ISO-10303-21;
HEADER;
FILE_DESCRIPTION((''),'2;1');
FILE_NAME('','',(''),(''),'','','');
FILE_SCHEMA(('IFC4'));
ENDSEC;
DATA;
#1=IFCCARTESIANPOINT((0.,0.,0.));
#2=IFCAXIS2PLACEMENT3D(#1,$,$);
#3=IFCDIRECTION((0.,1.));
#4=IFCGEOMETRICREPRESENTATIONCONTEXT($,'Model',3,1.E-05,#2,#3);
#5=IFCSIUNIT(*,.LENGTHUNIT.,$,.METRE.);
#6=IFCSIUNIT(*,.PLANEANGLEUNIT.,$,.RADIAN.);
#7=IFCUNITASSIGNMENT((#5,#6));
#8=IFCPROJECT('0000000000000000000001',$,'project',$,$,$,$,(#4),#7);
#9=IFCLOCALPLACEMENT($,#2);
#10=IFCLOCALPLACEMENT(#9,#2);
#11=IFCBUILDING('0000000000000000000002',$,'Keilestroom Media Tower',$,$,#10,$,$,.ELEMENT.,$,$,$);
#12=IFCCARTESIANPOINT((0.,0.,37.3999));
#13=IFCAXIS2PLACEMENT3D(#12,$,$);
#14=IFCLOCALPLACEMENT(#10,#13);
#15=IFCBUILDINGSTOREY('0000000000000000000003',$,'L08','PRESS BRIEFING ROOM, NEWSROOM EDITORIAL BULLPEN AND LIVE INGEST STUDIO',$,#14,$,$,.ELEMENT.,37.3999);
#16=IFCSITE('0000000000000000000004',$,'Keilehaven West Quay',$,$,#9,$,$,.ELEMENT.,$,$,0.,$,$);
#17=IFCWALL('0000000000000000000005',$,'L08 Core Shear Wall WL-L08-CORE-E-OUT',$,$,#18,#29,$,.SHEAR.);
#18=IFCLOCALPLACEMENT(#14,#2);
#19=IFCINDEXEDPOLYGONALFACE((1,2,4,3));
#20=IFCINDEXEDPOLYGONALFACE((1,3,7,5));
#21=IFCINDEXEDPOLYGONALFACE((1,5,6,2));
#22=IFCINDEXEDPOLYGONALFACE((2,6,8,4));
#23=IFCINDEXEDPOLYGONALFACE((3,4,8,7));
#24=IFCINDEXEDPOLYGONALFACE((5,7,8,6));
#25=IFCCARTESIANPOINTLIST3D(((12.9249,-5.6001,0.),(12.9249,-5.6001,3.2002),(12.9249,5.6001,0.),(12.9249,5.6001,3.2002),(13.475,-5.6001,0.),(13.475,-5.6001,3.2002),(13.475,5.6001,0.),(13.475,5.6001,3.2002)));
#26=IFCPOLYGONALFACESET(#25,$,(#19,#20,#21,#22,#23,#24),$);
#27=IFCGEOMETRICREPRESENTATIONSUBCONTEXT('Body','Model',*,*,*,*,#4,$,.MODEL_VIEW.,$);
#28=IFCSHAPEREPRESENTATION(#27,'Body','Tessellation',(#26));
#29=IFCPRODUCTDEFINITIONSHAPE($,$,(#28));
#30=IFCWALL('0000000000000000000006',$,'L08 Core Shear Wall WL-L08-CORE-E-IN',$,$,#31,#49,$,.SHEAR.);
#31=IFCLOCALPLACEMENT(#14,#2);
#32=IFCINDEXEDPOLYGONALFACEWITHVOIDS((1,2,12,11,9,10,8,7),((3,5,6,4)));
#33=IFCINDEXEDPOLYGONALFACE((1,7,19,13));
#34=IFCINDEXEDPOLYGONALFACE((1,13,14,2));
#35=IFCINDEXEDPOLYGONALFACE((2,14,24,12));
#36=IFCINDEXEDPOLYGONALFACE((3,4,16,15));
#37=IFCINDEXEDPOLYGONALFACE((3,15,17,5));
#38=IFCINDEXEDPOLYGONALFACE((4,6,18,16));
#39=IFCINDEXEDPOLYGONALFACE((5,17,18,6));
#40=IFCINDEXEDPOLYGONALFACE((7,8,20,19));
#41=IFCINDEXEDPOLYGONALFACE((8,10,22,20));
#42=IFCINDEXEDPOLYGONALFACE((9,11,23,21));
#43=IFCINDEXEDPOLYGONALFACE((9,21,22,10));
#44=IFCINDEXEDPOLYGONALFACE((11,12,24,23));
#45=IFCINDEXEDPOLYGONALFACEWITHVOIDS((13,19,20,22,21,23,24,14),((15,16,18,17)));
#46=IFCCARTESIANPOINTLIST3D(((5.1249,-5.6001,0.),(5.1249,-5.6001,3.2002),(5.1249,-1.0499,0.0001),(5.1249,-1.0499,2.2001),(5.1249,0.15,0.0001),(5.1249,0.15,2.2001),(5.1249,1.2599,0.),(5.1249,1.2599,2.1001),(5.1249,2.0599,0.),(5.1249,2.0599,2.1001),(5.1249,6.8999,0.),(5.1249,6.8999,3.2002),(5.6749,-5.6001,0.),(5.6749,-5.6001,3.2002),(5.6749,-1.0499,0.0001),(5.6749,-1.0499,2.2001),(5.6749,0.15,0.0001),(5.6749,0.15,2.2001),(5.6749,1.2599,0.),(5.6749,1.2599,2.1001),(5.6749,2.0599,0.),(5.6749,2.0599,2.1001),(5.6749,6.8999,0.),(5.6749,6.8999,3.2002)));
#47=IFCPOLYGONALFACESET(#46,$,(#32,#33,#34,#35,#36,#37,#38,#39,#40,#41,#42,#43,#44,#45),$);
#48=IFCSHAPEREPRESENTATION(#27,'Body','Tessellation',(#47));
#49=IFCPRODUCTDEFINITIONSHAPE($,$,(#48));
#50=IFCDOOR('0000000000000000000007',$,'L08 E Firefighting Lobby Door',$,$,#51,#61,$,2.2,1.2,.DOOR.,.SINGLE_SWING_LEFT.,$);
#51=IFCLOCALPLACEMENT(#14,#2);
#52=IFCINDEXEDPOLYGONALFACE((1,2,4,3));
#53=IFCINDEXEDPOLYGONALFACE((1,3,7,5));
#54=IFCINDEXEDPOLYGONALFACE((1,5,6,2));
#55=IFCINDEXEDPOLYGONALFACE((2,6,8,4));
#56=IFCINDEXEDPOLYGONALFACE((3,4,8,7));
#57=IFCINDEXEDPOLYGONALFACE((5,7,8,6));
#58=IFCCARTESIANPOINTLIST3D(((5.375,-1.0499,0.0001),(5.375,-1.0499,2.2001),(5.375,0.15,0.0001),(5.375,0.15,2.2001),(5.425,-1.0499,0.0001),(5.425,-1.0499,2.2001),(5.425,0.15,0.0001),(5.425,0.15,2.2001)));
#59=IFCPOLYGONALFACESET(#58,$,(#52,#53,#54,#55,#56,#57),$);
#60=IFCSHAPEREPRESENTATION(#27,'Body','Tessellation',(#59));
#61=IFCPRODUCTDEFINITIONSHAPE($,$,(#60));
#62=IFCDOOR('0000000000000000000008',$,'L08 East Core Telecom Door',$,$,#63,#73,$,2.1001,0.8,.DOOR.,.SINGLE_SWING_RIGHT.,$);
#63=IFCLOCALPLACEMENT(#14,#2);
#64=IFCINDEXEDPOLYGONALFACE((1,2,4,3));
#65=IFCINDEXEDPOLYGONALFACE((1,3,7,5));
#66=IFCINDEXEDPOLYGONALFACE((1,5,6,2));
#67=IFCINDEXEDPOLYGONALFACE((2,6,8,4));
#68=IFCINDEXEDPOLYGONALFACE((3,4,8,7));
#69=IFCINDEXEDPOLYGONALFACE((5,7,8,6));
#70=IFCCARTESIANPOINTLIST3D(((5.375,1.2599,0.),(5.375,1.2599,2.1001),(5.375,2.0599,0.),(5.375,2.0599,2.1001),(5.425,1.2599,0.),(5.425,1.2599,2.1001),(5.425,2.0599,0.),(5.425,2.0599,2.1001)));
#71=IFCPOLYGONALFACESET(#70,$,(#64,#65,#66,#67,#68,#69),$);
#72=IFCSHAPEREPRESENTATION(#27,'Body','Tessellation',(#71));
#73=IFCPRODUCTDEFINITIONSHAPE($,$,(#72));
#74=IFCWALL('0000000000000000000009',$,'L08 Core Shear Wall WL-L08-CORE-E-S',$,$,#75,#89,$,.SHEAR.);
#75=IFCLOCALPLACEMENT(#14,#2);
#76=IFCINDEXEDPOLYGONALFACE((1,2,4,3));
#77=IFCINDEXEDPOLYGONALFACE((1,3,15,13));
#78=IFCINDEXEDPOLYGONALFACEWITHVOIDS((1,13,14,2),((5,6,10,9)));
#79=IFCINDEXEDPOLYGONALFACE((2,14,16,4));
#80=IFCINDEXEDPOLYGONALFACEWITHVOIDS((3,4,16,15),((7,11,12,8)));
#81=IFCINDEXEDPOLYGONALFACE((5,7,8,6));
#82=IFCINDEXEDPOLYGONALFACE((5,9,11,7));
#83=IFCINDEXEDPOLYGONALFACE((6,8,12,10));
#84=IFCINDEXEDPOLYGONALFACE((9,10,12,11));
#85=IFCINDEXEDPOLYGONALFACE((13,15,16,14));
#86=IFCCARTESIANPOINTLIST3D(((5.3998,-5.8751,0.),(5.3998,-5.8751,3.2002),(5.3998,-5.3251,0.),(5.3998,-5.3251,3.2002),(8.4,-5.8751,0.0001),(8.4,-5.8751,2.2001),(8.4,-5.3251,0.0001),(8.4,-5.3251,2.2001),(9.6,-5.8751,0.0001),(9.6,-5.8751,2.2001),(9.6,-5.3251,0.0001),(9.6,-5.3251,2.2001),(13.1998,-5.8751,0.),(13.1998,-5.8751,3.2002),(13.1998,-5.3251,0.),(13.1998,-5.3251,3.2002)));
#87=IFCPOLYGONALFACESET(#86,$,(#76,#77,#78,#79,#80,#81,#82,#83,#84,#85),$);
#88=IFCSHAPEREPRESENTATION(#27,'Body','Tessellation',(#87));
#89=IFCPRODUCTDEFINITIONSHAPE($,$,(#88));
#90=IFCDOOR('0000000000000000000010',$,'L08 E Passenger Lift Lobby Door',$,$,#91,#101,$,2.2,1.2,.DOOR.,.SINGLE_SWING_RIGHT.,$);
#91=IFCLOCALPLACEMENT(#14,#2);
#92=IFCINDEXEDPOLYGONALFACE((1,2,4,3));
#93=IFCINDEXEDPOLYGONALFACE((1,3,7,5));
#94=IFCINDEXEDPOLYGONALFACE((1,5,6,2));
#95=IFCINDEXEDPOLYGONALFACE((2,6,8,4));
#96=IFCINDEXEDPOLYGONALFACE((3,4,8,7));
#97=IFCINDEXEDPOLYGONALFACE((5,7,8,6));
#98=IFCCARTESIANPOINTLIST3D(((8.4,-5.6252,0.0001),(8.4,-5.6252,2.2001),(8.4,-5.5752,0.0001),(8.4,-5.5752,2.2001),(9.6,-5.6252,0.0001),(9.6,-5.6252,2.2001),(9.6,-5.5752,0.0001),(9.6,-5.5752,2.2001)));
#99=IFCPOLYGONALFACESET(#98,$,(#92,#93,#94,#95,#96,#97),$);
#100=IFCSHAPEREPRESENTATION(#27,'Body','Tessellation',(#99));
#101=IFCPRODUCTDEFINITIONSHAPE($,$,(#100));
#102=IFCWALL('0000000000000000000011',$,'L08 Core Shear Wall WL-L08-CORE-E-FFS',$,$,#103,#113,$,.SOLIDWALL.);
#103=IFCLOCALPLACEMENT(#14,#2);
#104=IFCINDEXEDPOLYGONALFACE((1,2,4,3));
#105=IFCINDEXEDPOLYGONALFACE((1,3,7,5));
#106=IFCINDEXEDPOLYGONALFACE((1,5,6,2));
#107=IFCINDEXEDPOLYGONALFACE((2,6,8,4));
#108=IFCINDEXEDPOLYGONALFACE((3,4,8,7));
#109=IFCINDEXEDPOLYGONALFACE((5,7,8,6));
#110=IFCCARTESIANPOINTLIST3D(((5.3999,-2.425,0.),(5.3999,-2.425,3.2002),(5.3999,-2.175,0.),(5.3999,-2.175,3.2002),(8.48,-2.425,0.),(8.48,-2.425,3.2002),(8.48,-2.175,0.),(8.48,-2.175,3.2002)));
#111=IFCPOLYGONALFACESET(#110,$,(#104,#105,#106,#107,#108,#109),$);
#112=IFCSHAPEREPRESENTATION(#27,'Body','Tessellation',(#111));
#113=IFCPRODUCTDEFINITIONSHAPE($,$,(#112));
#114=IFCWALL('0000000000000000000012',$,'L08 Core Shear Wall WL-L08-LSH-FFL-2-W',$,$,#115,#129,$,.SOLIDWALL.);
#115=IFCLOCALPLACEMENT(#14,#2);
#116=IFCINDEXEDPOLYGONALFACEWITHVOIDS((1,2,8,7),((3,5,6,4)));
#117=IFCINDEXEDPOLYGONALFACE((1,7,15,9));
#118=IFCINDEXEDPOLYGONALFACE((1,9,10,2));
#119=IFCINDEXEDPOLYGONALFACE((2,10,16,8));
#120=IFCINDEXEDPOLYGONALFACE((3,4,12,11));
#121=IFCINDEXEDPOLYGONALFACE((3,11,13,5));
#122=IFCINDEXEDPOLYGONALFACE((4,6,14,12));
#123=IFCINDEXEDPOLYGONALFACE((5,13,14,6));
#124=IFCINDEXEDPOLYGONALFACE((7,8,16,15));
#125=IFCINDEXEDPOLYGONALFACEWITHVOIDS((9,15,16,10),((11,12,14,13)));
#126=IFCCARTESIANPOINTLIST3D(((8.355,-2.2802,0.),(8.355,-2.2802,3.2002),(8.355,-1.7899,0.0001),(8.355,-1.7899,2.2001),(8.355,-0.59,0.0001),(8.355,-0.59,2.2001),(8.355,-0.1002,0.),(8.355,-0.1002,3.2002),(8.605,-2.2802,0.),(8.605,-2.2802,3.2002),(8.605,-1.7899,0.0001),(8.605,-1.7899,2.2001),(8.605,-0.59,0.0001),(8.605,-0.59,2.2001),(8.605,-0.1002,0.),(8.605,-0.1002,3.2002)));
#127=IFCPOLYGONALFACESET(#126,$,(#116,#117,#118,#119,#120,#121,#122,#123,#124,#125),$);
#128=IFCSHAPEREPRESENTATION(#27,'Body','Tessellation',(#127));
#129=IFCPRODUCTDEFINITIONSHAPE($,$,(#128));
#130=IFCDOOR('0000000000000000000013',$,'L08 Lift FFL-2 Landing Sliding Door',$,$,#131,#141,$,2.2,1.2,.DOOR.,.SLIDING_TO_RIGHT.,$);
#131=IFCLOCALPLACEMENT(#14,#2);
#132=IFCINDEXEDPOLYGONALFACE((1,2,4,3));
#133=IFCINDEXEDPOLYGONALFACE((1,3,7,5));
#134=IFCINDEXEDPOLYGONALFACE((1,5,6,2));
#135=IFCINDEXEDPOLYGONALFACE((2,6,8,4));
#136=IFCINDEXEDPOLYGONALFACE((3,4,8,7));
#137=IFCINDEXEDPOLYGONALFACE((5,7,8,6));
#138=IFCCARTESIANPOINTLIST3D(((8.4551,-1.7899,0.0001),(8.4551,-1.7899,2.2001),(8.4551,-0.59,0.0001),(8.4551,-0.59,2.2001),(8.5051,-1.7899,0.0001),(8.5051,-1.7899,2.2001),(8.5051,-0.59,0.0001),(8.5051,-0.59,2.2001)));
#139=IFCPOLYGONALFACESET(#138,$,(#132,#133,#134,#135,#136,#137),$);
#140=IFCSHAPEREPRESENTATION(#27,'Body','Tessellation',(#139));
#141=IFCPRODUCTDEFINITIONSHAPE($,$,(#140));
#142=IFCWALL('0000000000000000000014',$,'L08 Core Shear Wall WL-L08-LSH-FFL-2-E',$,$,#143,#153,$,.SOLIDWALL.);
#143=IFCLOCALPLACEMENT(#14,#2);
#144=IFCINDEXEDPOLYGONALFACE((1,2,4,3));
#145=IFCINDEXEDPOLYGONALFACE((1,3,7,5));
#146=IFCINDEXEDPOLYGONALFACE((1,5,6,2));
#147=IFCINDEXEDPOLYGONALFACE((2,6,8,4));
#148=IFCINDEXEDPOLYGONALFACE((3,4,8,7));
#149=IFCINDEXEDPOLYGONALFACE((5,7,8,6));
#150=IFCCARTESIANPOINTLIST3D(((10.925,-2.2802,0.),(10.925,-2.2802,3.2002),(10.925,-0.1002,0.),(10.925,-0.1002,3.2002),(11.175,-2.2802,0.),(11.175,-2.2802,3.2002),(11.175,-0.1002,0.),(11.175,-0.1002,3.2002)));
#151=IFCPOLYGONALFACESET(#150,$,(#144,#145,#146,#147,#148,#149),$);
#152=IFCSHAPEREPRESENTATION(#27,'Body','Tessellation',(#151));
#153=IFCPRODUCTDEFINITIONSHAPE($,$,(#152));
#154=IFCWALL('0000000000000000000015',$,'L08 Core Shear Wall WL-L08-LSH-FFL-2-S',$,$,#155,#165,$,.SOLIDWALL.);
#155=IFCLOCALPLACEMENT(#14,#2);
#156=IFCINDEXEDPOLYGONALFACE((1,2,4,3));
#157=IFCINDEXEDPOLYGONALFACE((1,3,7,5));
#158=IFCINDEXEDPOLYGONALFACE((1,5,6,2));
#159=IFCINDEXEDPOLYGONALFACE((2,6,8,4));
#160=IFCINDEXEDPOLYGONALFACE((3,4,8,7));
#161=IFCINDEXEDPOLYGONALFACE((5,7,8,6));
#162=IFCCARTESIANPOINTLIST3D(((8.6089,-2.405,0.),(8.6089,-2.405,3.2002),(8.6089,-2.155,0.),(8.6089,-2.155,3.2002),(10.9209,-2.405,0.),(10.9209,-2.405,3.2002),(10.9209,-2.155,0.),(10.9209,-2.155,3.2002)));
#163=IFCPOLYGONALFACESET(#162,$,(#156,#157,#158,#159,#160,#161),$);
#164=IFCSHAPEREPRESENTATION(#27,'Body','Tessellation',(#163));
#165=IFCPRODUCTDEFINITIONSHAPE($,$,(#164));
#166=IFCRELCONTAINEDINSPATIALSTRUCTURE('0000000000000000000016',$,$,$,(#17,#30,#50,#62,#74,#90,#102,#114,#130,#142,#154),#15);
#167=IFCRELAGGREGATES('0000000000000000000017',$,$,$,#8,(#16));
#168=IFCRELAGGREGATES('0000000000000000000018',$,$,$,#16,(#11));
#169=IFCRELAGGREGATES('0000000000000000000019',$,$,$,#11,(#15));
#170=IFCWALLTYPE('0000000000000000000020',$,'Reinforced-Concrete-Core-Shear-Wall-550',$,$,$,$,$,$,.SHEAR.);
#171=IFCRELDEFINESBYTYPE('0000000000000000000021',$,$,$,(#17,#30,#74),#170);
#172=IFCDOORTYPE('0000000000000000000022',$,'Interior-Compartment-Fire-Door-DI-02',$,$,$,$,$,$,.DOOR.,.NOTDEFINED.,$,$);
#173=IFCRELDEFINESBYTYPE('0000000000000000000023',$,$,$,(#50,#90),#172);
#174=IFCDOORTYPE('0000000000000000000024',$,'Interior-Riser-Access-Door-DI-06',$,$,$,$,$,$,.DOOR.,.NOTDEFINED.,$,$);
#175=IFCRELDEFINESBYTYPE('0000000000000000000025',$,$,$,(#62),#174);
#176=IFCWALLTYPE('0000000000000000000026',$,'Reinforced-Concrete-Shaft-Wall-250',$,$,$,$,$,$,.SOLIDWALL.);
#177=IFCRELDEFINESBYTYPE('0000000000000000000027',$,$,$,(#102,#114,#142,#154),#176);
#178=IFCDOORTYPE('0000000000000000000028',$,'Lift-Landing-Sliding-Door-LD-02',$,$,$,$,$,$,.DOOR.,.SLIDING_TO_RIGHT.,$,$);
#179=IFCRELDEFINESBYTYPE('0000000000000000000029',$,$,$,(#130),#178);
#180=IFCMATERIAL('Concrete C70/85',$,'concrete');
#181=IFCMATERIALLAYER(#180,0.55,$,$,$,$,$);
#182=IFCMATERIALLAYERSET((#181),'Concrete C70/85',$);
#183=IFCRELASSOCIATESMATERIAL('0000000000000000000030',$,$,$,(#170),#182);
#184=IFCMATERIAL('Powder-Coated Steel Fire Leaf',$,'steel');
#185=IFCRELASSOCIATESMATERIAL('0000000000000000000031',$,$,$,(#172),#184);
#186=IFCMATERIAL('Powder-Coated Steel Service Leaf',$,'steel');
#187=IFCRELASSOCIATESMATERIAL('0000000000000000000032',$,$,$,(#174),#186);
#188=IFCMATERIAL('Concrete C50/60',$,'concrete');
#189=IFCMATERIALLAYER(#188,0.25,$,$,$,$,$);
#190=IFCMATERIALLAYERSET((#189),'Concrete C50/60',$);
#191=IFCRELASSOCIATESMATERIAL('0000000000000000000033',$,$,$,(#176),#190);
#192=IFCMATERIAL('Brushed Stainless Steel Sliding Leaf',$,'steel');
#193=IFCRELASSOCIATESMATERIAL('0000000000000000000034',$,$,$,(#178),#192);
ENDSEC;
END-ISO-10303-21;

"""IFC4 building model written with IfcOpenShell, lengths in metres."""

from ifc_helpers import new_model, si_unit, direction, frame, frame_2d, origin, place, context, subcontext, project, spatial, rectangle, extrude, source, transform, mapped, material, layer, layer_set, type_object, element, fill, save


model = new_model("IFC4")

# Units and contexts
model_context = context("Model", 3, precision=1e-05, world=origin(), true_north=direction((0.0, 1.0)))
body_context = subcontext(model_context, "Body", "Model", "MODEL_VIEW")
ifc_project = project(units=[si_unit("LENGTHUNIT", "METRE"), si_unit("PLANEANGLEUNIT", "RADIAN")], contexts=[model_context])

# Site, building, storey
site_placement = place(None, origin())
site = spatial("IfcSite", under=ifc_project, at=site_placement, Name="Keilehaven West Quay", CompositionType="ELEMENT", RefElevation=0.0)
building_placement = place(site_placement, origin())
building = spatial("IfcBuilding", under=site, at=building_placement, Name="Keilestroom Media Tower", CompositionType="ELEMENT")
storey_placement = place(building_placement, frame((0.0, 0.0, 37.3999)))
storey = spatial("IfcBuildingStorey", under=building, at=storey_placement, Name="L08", Description="PRESS BRIEFING ROOM, NEWSROOM EDITORIAL BULLPEN AND LIVE INGEST STUDIO", CompositionType="ELEMENT", Elevation=37.3999)

# Shared definitions
ifc_material_1 = material(Name="Concrete C70/85", Category="concrete")

# Wall
ifc_layer_1 = layer(ifc_material_1, 0.55)
ifc_layer_set_1 = layer_set([ifc_layer_1], Name="Concrete C70/85")
wall_type_1 = type_object("IfcWallType", Name="Reinforced-Concrete-Core-Shear-Wall-550", PredefinedType="SHEAR", material=ifc_layer_set_1)
wall_1_placement = place(storey_placement, frame((13.2, -5.6001, 0.0), z_axis=(0.0, 0.0, 1.0), x_axis=(0.0, 1.0, 0.0)))
element("IfcWall", 1, at=wall_1_placement, inside=storey, type_object=wall_type_1, Name="L08 Core Shear Wall WL-L08-CORE-E-OUT", PredefinedType="SHEAR", context=body_context, shape_type="SweptSolid", body=[
    extrude(rectangle(XDim=11.2002, YDim=0.55, at=frame_2d((5.6001, 0.0))), origin(), (0.0, 0.0, 1.0), 3.2002),
])

# Wall, openings, doors
wall_2_placement = place(storey_placement, frame((5.3999, -5.6001, 0.0), z_axis=(0.0, 0.0, 1.0), x_axis=(0.0, 1.0, 0.0)))
wall_2 = element("IfcWall", 2, at=wall_2_placement, inside=storey, type_object=wall_type_1, Name="L08 Core Shear Wall WL-L08-CORE-E-IN", PredefinedType="SHEAR", context=body_context, shape_type="SweptSolid", body=[
    extrude(rectangle(XDim=12.5, YDim=0.55, at=frame_2d((6.25, 0.0))), origin(), (0.0, 0.0, 1.0), 3.2002),
])
opening_1_placement = place(wall_2_placement, frame((4.55, 0.0, 0.0)))
opening_1 = element("IfcOpeningElement", 3, at=opening_1_placement, cuts=wall_2, PredefinedType="OPENING", context=body_context, shape_type="SweptSolid", body=[
    extrude(rectangle(XDim=1.2, YDim=2.2, at=frame_2d((0.6001, 1.1001))), frame((0.0, 0.2852, 0.0), z_axis=(0.0, -1.0, 0.0), x_axis=(1.0, 0.0, 0.0)), (0.0, 0.0, 1.0), 0.5701),
])
opening_2_placement = place(wall_2_placement, frame((6.8601, 0.0, 0.0)))
opening_2 = element("IfcOpeningElement", 4, at=opening_2_placement, cuts=wall_2, PredefinedType="OPENING", context=body_context, shape_type="SweptSolid", body=[
    extrude(rectangle(XDim=0.8, YDim=2.1001, at=frame_2d((0.3999, 1.05))), frame((0.0, 0.2852, 0.0), z_axis=(0.0, -1.0, 0.0), x_axis=(1.0, 0.0, 0.0)), (0.0, 0.0, 1.0), 0.5701),
])
ifc_material_2 = material(Name="Powder-Coated Steel Fire Leaf", Category="steel")
door_type_1 = type_object("IfcDoorType", Name="Interior-Compartment-Fire-Door-DI-02", OperationType="NOTDEFINED", PredefinedType="DOOR", material=ifc_material_2)
shared_shape_1 = source(origin(), body_context, "Body", "SweptSolid", [
    extrude(rectangle(XDim=1.2, YDim=2.2, at=frame_2d((0.6001, 1.1001))), frame((0.0, 0.0249, 0.0), z_axis=(0.0, -1.0, 0.0), x_axis=(1.0, 0.0, 0.0)), (0.0, 0.0, 1.0), 0.05),
])
door_1_placement = place(opening_1_placement, origin())
door_1 = element("IfcDoor", 5, at=door_1_placement, inside=storey, type_object=door_type_1, Name="L08 E Firefighting Lobby Door", OperationType="SINGLE_SWING_LEFT", OverallHeight=2.2, OverallWidth=1.2, PredefinedType="DOOR", context=body_context, shape_type="MappedRepresentation", body=[
    mapped(shared_shape_1, transform((0.0, 0.0, 0.0), x_axis=(1.0, 0.0, 0.0), y_axis=(0.0, 1.0, 0.0), z_axis=(0.0, 0.0, 1.0), scale=1.0)),
])
fill(opening_1, door_1)
ifc_material_3 = material(Name="Powder-Coated Steel Service Leaf", Category="steel")
door_type_2 = type_object("IfcDoorType", Name="Interior-Riser-Access-Door-DI-06", OperationType="NOTDEFINED", PredefinedType="DOOR", material=ifc_material_3)
shared_shape_2 = source(origin(), body_context, "Body", "SweptSolid", [
    extrude(rectangle(XDim=0.8, YDim=2.1001, at=frame_2d((0.3999, 1.05))), frame((0.0, 0.0249, 0.0), z_axis=(0.0, -1.0, 0.0), x_axis=(1.0, 0.0, 0.0)), (0.0, 0.0, 1.0), 0.05),
])
door_2_placement = place(opening_2_placement, origin())
door_2 = element("IfcDoor", 6, at=door_2_placement, inside=storey, type_object=door_type_2, Name="L08 East Core Telecom Door", OperationType="SINGLE_SWING_RIGHT", OverallHeight=2.1001, OverallWidth=0.8, PredefinedType="DOOR", context=body_context, shape_type="MappedRepresentation", body=[
    mapped(shared_shape_2, transform((0.0, 0.0, 0.0), x_axis=(1.0, 0.0, 0.0), y_axis=(0.0, 1.0, 0.0), z_axis=(0.0, 0.0, 1.0), scale=1.0)),
])
fill(opening_2, door_2)

# Wall, opening, door
wall_3_placement = place(storey_placement, frame((5.3999, -5.6001, 0.0), z_axis=(0.0, 0.0, 1.0), x_axis=(1.0, 0.0, 0.0)))
wall_3 = element("IfcWall", 7, at=wall_3_placement, inside=storey, type_object=wall_type_1, Name="L08 Core Shear Wall WL-L08-CORE-E-S", PredefinedType="SHEAR", context=body_context, shape_type="SweptSolid", body=[
    extrude(rectangle(XDim=7.8, YDim=0.55, at=frame_2d((3.8999, 0.0))), origin(), (0.0, 0.0, 1.0), 3.2002),
])
opening_3_placement = place(wall_3_placement, frame((3.0, 0.0, 0.0)))
opening_3 = element("IfcOpeningElement", 8, at=opening_3_placement, cuts=wall_3, PredefinedType="OPENING", context=body_context, shape_type="SweptSolid", body=[
    extrude(rectangle(XDim=1.2, YDim=2.2, at=frame_2d((0.6001, 1.1001))), frame((0.0, 0.2852, 0.0), z_axis=(0.0, -1.0, 0.0), x_axis=(1.0, 0.0, 0.0)), (0.0, 0.0, 1.0), 0.5701),
])
door_3_placement = place(opening_3_placement, origin())
door_3 = element("IfcDoor", 9, at=door_3_placement, inside=storey, type_object=door_type_1, Name="L08 E Passenger Lift Lobby Door", OperationType="SINGLE_SWING_RIGHT", OverallHeight=2.2, OverallWidth=1.2, PredefinedType="DOOR", context=body_context, shape_type="MappedRepresentation", body=[
    mapped(shared_shape_1, transform((0.0, 0.0, 0.0), x_axis=(1.0, 0.0, 0.0), y_axis=(0.0, 1.0, 0.0), z_axis=(0.0, 0.0, 1.0), scale=1.0)),
])
fill(opening_3, door_3)

# Wall
ifc_material_4 = material(Name="Concrete C50/60", Category="concrete")
ifc_layer_2 = layer(ifc_material_4, 0.25)
ifc_layer_set_2 = layer_set([ifc_layer_2], Name="Concrete C50/60")
wall_type_2 = type_object("IfcWallType", Name="Reinforced-Concrete-Shaft-Wall-250", PredefinedType="SOLIDWALL", material=ifc_layer_set_2)
wall_4_placement = place(storey_placement, frame((5.3999, -2.3, 0.0), z_axis=(0.0, 0.0, 1.0), x_axis=(1.0, 0.0, 0.0)))
element("IfcWall", 10, at=wall_4_placement, inside=storey, type_object=wall_type_2, Name="L08 Core Shear Wall WL-L08-CORE-E-FFS", PredefinedType="SOLIDWALL", context=body_context, shape_type="SweptSolid", body=[
    extrude(rectangle(XDim=3.0801, YDim=0.25, at=frame_2d((1.54, 0.0))), origin(), (0.0, 0.0, 1.0), 3.2002),
])

# Wall, opening, door
wall_5_placement = place(storey_placement, frame((8.48, -2.28, 0.0), z_axis=(0.0, 0.0, 1.0), x_axis=(0.0, 1.0, 0.0)))
wall_5 = element("IfcWall", 11, at=wall_5_placement, inside=storey, type_object=wall_type_2, Name="L08 Core Shear Wall WL-L08-LSH-FFL-2-W", PredefinedType="SOLIDWALL", context=body_context, shape_type="SweptSolid", body=[
    extrude(rectangle(XDim=2.1799, YDim=0.25, at=frame_2d((1.0898, 0.0))), origin(), (0.0, 0.0, 1.0), 3.2002),
])
opening_4_placement = place(wall_5_placement, frame((0.49, 0.0, 0.0)))
opening_4 = element("IfcOpeningElement", 12, at=opening_4_placement, cuts=wall_5, PredefinedType="OPENING", context=body_context, shape_type="SweptSolid", body=[
    extrude(rectangle(XDim=1.2, YDim=2.2, at=frame_2d((0.6001, 1.1001))), frame((0.0, 0.135, 0.0), z_axis=(0.0, -1.0, 0.0), x_axis=(1.0, 0.0, 0.0)), (0.0, 0.0, 1.0), 0.27),
])
ifc_material_5 = material(Name="Brushed Stainless Steel Sliding Leaf", Category="steel")
door_type_3 = type_object("IfcDoorType", Name="Lift-Landing-Sliding-Door-LD-02", OperationType="SLIDING_TO_RIGHT", PredefinedType="DOOR", material=ifc_material_5)
door_4_placement = place(opening_4_placement, origin())
door_4 = element("IfcDoor", 13, at=door_4_placement, inside=storey, type_object=door_type_3, Name="L08 Lift FFL-2 Landing Sliding Door", OperationType="SLIDING_TO_RIGHT", OverallHeight=2.2, OverallWidth=1.2, PredefinedType="DOOR", context=body_context, shape_type="MappedRepresentation", body=[
    mapped(shared_shape_1, transform((0.0, 0.0, 0.0), x_axis=(1.0, 0.0, 0.0), y_axis=(0.0, 1.0, 0.0), z_axis=(0.0, 0.0, 1.0), scale=1.0)),
])
fill(opening_4, door_4)

# Walls
wall_6_placement = place(storey_placement, frame((11.05, -2.28, 0.0), z_axis=(0.0, 0.0, 1.0), x_axis=(0.0, 1.0, 0.0)))
element("IfcWall", 14, at=wall_6_placement, inside=storey, type_object=wall_type_2, Name="L08 Core Shear Wall WL-L08-LSH-FFL-2-E", PredefinedType="SOLIDWALL", context=body_context, shape_type="SweptSolid", body=[
    extrude(rectangle(XDim=2.1799, YDim=0.25, at=frame_2d((1.0898, 0.0))), origin(), (0.0, 0.0, 1.0), 3.2002),
])
wall_7_placement = place(storey_placement, frame((8.6089, -2.28, 0.0), z_axis=(0.0, 0.0, 1.0), x_axis=(1.0, 0.0, 0.0)))
element("IfcWall", 15, at=wall_7_placement, inside=storey, type_object=wall_type_2, Name="L08 Core Shear Wall WL-L08-LSH-FFL-2-S", PredefinedType="SOLIDWALL", context=body_context, shape_type="SweptSolid", body=[
    extrude(rectangle(XDim=2.312, YDim=0.25, at=frame_2d((1.156, 0.0))), origin(), (0.0, 0.0, 1.0), 3.2002),
])

save(model, "model.ifc")
